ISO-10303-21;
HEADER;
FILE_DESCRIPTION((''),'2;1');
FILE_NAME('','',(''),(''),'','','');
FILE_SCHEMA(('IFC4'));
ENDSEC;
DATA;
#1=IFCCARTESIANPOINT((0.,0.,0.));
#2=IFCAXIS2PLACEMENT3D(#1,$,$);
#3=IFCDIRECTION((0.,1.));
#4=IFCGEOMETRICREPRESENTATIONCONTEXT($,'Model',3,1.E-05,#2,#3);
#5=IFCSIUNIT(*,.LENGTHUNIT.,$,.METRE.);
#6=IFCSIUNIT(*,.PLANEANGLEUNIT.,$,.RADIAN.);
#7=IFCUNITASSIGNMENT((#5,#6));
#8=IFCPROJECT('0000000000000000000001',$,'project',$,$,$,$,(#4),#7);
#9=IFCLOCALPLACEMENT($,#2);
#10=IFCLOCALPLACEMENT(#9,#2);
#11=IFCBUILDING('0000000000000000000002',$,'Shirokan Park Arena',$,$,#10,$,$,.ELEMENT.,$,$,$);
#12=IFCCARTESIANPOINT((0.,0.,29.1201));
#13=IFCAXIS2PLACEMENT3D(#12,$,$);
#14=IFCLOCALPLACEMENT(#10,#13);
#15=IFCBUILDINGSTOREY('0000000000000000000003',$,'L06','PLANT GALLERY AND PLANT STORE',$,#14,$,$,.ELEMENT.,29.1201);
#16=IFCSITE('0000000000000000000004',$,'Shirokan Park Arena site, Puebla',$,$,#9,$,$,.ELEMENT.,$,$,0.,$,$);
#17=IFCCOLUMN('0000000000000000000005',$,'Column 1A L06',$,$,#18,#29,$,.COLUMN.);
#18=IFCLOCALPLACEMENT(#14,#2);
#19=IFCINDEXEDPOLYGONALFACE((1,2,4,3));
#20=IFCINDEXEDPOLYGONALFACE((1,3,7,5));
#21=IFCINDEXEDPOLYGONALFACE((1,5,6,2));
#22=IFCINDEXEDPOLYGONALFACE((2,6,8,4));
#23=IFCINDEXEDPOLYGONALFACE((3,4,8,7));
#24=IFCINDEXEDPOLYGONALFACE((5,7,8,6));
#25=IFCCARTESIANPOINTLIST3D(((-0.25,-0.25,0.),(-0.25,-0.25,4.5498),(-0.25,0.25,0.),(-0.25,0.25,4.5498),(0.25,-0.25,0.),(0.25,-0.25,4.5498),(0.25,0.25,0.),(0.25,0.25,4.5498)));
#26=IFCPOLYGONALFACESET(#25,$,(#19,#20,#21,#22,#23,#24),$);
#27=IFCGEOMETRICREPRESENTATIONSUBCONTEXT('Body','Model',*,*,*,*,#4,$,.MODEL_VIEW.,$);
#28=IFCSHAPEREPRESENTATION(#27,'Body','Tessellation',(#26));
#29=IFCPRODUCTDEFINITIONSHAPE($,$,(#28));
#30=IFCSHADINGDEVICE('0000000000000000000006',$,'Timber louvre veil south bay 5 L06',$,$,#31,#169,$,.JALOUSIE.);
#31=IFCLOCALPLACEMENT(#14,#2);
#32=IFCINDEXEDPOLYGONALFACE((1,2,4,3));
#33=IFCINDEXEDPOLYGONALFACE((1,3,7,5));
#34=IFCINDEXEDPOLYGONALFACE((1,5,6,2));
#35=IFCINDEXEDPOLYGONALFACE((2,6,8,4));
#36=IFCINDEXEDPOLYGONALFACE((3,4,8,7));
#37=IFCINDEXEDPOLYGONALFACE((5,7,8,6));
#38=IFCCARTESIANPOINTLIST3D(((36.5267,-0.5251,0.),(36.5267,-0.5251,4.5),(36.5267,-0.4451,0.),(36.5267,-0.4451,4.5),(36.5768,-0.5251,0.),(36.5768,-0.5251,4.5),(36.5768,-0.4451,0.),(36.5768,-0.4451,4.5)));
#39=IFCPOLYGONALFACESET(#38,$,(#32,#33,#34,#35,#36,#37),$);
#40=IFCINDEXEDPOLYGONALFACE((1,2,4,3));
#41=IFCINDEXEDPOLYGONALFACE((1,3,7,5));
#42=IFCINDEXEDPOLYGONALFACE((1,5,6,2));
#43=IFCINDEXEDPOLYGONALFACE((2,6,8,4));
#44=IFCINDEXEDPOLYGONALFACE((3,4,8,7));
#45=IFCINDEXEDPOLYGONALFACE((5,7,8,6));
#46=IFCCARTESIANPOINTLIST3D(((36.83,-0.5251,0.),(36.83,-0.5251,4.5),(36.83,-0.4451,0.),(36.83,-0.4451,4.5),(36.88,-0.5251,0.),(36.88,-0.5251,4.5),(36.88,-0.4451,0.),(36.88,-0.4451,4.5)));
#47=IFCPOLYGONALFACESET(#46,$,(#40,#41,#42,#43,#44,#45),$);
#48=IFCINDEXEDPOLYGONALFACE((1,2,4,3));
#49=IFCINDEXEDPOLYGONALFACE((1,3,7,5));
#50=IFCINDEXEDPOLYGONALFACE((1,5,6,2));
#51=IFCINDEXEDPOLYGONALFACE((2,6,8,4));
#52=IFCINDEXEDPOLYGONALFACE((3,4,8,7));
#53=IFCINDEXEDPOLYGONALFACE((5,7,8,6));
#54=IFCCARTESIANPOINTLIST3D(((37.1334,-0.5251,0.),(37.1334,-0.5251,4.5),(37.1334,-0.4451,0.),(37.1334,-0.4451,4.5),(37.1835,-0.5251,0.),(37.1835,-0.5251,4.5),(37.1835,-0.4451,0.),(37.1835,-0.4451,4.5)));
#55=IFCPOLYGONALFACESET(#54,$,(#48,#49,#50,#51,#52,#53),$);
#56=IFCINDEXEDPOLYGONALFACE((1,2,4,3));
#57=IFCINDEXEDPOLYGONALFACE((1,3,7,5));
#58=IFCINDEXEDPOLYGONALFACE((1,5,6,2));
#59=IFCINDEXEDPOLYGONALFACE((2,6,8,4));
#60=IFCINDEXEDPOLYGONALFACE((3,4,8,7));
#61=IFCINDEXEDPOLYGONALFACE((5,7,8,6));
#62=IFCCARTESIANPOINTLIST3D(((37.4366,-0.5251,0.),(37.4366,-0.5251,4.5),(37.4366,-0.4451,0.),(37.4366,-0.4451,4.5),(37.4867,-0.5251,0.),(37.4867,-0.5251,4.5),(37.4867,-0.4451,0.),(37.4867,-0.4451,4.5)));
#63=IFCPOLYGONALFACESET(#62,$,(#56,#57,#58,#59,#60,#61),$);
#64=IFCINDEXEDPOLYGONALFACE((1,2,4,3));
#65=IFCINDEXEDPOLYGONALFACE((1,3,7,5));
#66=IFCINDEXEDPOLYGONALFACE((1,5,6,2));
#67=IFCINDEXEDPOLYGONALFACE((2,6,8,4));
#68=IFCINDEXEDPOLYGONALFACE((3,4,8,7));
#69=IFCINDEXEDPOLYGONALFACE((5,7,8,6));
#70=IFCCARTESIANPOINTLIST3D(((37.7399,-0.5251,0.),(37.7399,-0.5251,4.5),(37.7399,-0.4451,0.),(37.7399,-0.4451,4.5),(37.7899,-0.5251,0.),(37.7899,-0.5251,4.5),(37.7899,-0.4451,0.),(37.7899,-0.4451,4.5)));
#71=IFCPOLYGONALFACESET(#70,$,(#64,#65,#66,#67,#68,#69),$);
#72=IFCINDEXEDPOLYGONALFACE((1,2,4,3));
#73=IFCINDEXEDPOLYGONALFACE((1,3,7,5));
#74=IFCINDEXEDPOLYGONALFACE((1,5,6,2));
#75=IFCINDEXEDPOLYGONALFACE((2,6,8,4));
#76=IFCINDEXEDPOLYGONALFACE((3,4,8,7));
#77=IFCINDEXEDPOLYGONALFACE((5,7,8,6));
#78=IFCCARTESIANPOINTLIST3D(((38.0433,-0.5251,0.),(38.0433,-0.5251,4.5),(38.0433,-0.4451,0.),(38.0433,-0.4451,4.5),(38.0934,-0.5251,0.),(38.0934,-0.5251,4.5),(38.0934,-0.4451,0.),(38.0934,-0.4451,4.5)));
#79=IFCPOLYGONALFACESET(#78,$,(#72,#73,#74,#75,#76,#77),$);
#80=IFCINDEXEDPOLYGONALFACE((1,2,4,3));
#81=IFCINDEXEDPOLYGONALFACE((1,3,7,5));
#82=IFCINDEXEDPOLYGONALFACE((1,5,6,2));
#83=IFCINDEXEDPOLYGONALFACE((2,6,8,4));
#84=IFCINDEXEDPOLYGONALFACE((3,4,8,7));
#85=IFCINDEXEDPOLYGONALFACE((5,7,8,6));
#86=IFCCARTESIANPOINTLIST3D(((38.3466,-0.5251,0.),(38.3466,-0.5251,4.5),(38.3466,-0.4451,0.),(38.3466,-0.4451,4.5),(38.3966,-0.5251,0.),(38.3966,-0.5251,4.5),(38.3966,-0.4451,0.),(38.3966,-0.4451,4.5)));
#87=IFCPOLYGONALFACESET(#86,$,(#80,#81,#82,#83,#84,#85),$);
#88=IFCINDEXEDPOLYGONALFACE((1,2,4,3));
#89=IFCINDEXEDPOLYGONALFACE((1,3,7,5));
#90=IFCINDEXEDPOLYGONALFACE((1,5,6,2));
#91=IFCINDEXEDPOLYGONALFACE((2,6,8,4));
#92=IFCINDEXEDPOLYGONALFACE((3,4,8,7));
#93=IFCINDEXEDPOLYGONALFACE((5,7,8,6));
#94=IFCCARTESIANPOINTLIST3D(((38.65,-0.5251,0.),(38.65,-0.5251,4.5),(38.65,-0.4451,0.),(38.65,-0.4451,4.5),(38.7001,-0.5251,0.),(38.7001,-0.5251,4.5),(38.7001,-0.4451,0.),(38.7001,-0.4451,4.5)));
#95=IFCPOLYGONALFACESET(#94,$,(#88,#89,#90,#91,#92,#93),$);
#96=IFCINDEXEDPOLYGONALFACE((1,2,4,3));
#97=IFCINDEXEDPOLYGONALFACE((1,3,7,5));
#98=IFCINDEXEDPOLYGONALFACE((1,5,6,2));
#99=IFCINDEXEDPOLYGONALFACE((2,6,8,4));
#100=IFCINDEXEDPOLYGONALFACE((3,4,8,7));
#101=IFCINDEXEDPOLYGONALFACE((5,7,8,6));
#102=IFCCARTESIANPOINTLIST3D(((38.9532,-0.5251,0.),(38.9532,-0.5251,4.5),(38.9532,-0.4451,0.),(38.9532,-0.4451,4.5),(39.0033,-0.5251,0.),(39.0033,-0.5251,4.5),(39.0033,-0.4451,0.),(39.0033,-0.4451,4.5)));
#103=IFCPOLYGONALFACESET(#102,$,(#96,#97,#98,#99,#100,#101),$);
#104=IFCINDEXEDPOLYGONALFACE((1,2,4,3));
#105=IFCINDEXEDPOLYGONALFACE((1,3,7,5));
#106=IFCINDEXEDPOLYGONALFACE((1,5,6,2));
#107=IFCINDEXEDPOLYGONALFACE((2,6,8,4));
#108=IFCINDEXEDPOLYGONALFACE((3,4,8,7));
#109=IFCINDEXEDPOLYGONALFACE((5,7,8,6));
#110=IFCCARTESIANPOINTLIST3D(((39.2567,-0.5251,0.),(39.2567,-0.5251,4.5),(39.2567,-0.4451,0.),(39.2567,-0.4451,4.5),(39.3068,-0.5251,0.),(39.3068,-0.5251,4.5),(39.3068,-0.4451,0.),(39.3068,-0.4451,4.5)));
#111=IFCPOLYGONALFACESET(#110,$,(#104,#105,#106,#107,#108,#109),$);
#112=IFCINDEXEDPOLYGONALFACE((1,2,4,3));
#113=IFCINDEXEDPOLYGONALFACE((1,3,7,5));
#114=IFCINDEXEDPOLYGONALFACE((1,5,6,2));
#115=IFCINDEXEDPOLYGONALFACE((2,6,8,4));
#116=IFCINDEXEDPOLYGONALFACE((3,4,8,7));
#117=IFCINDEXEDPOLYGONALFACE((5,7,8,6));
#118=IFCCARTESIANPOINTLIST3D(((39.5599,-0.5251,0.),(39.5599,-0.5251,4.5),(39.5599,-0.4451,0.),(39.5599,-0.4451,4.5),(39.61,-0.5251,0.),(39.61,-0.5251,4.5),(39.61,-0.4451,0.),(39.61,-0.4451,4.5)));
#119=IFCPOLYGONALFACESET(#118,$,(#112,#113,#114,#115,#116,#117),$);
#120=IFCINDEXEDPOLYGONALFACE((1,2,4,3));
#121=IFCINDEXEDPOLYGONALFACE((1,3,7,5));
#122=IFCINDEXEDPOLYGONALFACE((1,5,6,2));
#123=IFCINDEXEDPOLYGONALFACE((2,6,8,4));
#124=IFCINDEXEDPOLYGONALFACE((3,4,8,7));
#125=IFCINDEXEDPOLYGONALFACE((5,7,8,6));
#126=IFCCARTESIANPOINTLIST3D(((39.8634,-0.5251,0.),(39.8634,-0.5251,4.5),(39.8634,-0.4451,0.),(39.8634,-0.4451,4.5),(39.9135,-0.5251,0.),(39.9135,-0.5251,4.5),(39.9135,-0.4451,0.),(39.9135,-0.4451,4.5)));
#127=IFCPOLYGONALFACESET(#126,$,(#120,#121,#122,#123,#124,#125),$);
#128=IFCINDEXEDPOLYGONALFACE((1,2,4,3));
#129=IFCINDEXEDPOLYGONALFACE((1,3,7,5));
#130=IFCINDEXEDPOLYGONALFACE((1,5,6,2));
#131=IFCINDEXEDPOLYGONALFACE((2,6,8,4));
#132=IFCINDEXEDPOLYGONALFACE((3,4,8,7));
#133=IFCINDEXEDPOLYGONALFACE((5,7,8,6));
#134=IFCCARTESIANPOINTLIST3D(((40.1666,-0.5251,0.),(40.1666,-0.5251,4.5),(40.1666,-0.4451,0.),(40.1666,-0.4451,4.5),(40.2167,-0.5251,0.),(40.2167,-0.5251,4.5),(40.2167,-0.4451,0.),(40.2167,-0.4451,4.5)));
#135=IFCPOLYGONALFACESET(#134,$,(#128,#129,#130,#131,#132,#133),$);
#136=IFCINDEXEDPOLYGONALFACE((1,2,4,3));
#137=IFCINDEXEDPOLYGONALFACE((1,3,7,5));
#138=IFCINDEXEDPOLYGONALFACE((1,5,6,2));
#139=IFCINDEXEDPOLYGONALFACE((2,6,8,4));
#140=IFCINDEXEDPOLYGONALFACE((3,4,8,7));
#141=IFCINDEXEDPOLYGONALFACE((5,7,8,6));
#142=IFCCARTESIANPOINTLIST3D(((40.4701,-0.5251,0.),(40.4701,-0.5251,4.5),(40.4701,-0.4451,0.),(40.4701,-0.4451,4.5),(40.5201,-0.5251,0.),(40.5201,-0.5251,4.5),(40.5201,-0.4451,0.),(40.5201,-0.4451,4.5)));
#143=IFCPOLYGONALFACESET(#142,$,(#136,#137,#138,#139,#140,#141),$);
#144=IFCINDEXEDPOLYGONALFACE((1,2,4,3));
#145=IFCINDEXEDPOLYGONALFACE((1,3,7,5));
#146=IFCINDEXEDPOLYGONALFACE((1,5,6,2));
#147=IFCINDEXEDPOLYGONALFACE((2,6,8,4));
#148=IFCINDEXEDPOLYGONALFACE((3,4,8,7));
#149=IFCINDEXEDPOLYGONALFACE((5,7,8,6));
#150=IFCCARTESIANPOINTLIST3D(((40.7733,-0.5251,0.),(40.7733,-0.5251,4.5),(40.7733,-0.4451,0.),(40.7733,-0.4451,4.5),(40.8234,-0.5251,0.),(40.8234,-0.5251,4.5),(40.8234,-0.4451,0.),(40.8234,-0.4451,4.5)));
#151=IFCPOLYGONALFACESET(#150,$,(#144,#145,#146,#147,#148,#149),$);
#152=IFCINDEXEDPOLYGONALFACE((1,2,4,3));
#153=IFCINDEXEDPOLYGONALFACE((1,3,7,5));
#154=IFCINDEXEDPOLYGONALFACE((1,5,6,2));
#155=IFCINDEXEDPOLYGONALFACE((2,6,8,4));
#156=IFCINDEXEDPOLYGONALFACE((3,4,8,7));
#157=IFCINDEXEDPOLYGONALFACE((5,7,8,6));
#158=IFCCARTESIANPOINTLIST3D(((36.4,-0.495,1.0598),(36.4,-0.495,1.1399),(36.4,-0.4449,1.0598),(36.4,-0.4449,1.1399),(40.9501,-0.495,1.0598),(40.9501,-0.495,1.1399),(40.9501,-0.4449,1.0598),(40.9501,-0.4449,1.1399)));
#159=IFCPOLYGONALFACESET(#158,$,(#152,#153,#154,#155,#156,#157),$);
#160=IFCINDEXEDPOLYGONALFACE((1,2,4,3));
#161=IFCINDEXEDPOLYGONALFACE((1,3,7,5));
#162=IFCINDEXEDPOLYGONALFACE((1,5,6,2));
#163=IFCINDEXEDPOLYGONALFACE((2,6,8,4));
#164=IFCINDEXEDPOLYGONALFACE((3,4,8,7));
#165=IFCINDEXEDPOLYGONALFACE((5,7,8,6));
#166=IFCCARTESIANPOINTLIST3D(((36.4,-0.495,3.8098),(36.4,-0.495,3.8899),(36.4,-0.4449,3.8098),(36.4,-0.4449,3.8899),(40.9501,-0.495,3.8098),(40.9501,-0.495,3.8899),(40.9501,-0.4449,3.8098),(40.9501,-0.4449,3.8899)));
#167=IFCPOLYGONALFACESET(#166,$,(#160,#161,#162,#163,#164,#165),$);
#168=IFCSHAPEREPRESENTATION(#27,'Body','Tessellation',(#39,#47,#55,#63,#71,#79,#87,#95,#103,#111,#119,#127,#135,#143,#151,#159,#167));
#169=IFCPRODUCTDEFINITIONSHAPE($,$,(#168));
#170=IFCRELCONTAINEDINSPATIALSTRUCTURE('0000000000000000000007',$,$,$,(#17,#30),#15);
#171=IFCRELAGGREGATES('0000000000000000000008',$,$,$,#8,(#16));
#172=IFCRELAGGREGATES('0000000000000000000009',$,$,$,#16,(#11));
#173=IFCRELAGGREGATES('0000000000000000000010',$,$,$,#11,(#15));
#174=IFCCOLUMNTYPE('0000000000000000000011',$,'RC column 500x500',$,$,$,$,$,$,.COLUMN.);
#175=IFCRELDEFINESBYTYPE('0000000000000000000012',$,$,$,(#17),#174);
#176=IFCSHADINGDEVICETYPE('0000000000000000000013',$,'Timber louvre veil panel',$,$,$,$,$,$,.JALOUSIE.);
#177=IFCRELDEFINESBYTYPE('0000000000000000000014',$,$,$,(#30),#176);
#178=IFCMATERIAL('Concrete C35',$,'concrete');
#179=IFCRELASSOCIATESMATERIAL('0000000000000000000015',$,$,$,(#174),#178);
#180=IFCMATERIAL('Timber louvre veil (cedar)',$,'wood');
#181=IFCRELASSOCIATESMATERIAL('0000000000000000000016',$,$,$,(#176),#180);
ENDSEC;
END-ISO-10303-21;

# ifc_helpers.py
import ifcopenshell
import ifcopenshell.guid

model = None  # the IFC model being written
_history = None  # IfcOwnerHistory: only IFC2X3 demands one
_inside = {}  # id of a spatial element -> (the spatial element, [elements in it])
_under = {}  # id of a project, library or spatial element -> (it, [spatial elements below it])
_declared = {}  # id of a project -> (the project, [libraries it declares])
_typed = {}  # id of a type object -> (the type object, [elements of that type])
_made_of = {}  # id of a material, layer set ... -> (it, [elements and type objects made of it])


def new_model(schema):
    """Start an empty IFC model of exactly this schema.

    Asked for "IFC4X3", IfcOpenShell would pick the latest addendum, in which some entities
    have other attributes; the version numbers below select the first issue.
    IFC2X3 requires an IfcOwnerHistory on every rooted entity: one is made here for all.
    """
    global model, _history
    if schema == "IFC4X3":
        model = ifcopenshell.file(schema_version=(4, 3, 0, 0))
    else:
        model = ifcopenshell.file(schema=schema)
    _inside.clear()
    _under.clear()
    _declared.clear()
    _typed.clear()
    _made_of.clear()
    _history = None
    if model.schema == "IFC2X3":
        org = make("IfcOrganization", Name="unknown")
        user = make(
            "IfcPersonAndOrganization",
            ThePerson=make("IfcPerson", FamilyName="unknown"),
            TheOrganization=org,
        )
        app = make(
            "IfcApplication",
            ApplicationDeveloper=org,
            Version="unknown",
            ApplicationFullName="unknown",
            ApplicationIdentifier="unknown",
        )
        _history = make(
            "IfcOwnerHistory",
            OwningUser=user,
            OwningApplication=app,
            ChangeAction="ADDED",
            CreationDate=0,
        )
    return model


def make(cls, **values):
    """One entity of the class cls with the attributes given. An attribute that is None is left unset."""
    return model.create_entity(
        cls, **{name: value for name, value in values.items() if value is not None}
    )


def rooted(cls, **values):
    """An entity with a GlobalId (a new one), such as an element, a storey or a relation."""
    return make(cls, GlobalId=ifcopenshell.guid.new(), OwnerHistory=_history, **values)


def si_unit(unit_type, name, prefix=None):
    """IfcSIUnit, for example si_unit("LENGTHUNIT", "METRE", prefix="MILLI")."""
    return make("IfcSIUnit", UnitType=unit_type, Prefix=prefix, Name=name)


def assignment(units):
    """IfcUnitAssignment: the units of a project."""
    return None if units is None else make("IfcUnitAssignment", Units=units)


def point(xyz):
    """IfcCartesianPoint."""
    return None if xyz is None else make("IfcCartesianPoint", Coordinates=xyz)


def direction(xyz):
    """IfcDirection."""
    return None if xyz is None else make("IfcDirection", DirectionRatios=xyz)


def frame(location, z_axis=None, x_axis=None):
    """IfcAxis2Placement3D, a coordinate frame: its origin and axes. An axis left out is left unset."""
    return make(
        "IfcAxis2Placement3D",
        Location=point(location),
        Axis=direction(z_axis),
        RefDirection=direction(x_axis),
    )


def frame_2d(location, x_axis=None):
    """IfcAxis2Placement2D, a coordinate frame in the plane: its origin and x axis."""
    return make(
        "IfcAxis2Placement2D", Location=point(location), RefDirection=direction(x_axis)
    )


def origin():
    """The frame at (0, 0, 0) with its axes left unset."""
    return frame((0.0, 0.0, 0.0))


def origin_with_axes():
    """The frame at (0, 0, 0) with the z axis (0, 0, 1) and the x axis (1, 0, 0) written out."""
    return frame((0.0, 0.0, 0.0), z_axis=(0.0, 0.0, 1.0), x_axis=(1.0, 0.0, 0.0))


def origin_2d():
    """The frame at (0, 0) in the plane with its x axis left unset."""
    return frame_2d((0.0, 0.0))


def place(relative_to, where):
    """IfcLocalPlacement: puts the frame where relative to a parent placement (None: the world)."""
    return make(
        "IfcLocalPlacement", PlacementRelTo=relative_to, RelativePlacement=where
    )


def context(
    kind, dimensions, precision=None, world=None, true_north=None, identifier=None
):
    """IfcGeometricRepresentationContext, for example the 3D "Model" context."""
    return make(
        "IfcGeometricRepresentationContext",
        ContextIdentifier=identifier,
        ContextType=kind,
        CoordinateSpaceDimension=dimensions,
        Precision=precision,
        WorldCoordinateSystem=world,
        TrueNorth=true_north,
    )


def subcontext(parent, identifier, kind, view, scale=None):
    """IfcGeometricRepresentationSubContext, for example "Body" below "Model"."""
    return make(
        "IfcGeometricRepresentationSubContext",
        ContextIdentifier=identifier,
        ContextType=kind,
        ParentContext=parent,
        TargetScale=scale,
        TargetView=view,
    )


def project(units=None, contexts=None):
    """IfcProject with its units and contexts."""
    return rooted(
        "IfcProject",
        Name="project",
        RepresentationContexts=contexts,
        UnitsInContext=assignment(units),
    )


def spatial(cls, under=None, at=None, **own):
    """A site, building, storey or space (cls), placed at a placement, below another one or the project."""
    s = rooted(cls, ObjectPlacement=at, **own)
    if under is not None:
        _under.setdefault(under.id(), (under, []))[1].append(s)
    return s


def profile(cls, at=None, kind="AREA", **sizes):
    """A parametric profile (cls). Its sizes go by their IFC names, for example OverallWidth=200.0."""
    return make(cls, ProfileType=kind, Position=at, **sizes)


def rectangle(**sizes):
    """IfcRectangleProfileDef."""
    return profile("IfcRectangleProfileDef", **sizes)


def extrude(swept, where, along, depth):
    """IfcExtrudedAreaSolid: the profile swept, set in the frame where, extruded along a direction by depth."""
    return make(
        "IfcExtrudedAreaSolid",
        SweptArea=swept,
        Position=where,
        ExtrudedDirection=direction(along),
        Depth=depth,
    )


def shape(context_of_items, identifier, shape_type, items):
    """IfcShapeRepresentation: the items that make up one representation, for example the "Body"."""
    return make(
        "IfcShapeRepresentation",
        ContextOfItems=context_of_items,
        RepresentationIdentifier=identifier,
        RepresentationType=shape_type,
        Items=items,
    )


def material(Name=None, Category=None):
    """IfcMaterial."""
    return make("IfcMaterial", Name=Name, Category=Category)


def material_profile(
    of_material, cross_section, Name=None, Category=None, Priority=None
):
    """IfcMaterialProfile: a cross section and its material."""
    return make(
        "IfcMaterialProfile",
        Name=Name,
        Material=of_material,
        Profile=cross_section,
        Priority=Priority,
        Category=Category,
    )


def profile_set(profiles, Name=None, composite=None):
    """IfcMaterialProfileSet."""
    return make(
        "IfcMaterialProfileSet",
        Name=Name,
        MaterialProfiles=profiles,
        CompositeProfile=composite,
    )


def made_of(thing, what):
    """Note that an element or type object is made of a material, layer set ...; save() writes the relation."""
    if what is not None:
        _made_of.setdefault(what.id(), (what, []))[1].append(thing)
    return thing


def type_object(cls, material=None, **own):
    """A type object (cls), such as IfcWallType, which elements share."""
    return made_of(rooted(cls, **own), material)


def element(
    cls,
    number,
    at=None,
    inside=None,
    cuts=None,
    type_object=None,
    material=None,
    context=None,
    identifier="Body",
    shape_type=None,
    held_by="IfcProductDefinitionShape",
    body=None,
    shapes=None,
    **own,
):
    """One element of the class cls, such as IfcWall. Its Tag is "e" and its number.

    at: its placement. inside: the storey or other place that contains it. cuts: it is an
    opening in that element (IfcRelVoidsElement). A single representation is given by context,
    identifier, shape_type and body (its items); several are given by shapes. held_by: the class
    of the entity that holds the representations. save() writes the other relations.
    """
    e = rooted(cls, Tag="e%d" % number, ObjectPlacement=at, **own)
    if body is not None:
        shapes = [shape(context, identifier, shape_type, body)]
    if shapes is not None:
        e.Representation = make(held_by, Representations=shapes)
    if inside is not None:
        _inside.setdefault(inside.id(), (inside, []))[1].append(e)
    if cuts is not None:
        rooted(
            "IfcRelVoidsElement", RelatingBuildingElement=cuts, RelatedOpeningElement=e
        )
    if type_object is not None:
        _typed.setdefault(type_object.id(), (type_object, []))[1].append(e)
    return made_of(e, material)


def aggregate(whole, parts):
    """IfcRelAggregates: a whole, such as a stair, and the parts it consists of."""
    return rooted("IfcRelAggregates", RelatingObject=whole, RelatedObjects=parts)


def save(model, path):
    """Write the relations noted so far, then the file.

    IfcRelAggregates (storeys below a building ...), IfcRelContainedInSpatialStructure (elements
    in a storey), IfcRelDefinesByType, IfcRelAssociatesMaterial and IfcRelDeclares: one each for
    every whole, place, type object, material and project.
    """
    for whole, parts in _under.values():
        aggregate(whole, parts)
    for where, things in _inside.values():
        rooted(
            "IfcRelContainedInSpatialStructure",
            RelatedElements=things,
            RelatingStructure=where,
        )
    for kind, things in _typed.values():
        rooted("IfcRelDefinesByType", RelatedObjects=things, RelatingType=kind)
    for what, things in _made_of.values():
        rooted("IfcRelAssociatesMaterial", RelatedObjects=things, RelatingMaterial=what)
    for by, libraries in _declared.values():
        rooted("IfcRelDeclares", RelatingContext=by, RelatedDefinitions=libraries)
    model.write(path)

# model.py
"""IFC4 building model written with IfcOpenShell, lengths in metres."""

from ifc_helpers import new_model, si_unit, direction, frame, origin, origin_with_axes, origin_2d, place, context, subcontext, project, spatial, rectangle, extrude, material, material_profile, profile_set, type_object, element, save


model = new_model("IFC4")

# Units and contexts
model_context = context("Model", 3, precision=1e-05, world=origin(), true_north=direction((0.0, 1.0)))
body_context = subcontext(model_context, "Body", "Model", "MODEL_VIEW")
ifc_project = project(units=[si_unit("LENGTHUNIT", "METRE"), si_unit("PLANEANGLEUNIT", "RADIAN")], contexts=[model_context])

# Site, building, storey
site_placement = place(None, origin())
site = spatial("IfcSite", under=ifc_project, at=site_placement, Name="Shirokan Park Arena site, Puebla", CompositionType="ELEMENT", RefElevation=0.0)
building_placement = place(site_placement, origin())
building = spatial("IfcBuilding", under=site, at=building_placement, Name="Shirokan Park Arena", CompositionType="ELEMENT")
storey_placement = place(building_placement, frame((0.0, 0.0, 29.1201)))
storey = spatial("IfcBuildingStorey", under=building, at=storey_placement, Name="L06", Description="PLANT GALLERY AND PLANT STORE", CompositionType="ELEMENT", Elevation=29.1201)

# Column
ifc_material_1 = material(Name="Concrete C35", Category="concrete")
ifc_material_profile = material_profile(ifc_material_1, rectangle(XDim=0.5, YDim=0.5, at=origin_2d()), Name="500x500")
ifc_profile_set = profile_set([ifc_material_profile], Name="Concrete C35")
column_type = type_object("IfcColumnType", Name="RC column 500x500", PredefinedType="COLUMN", material=ifc_profile_set)
column_placement = place(storey_placement, origin_with_axes())
element("IfcColumn", 1, at=column_placement, inside=storey, type_object=column_type, Name="Column 1A L06", PredefinedType="COLUMN", context=body_context, shape_type="SweptSolid", body=[
    extrude(rectangle(XDim=0.5, YDim=0.5, at=origin_2d()), origin(), (0.0, 0.0, 1.0), 4.5498),
])

# Shading device
ifc_material_2 = material(Name="Timber louvre veil (cedar)", Category="wood")
shading_device_type = type_object("IfcShadingDeviceType", Name="Timber louvre veil panel", PredefinedType="JALOUSIE", material=ifc_material_2)
shading_device_1_placement = place(storey_placement, origin())
element("IfcShadingDevice", 2, at=shading_device_1_placement, inside=storey, type_object=shading_device_type, Name="Timber louvre veil south bay 5 L06", PredefinedType="JALOUSIE", context=body_context, shape_type="SweptSolid", body=[
    extrude(rectangle(XDim=0.05, YDim=0.0801, at=origin_2d()), frame((36.5518, -0.4851, 0.0), z_axis=(0.0, 0.0, 1.0), x_axis=(1.0, 0.0, 0.0)), (0.0, 0.0, 1.0), 4.5),
    extrude(rectangle(XDim=0.05, YDim=0.0801, at=origin_2d()), frame((36.855, -0.4851, 0.0), z_axis=(0.0, 0.0, 1.0), x_axis=(1.0, 0.0, 0.0)), (0.0, 0.0, 1.0), 4.5),
    extrude(rectangle(XDim=0.05, YDim=0.0801, at=origin_2d()), frame((37.1584, -0.4851, 0.0), z_axis=(0.0, 0.0, 1.0), x_axis=(1.0, 0.0, 0.0)), (0.0, 0.0, 1.0), 4.5),
    extrude(rectangle(XDim=0.05, YDim=0.0801, at=origin_2d()), frame((37.4617, -0.4851, 0.0), z_axis=(0.0, 0.0, 1.0), x_axis=(1.0, 0.0, 0.0)), (0.0, 0.0, 1.0), 4.5),
    extrude(rectangle(XDim=0.05, YDim=0.0801, at=origin_2d()), frame((37.7649, -0.4851, 0.0), z_axis=(0.0, 0.0, 1.0), x_axis=(1.0, 0.0, 0.0)), (0.0, 0.0, 1.0), 4.5),
    extrude(rectangle(XDim=0.05, YDim=0.0801, at=origin_2d()), frame((38.0684, -0.4851, 0.0), z_axis=(0.0, 0.0, 1.0), x_axis=(1.0, 0.0, 0.0)), (0.0, 0.0, 1.0), 4.5),
    extrude(rectangle(XDim=0.05, YDim=0.0801, at=origin_2d()), frame((38.3716, -0.4851, 0.0), z_axis=(0.0, 0.0, 1.0), x_axis=(1.0, 0.0, 0.0)), (0.0, 0.0, 1.0), 4.5),
    extrude(rectangle(XDim=0.05, YDim=0.0801, at=origin_2d()), frame((38.675, -0.4851, 0.0), z_axis=(0.0, 0.0, 1.0), x_axis=(1.0, 0.0, 0.0)), (0.0, 0.0, 1.0), 4.5),
    extrude(rectangle(XDim=0.05, YDim=0.0801, at=origin_2d()), frame((38.9783, -0.4851, 0.0), z_axis=(0.0, 0.0, 1.0), x_axis=(1.0, 0.0, 0.0)), (0.0, 0.0, 1.0), 4.5),
    extrude(rectangle(XDim=0.05, YDim=0.0801, at=origin_2d()), frame((39.2817, -0.4851, 0.0), z_axis=(0.0, 0.0, 1.0), x_axis=(1.0, 0.0, 0.0)), (0.0, 0.0, 1.0), 4.5),
    extrude(rectangle(XDim=0.05, YDim=0.0801, at=origin_2d()), frame((39.585, -0.4851, 0.0), z_axis=(0.0, 0.0, 1.0), x_axis=(1.0, 0.0, 0.0)), (0.0, 0.0, 1.0), 4.5),
    extrude(rectangle(XDim=0.05, YDim=0.0801, at=origin_2d()), frame((39.8884, -0.4851, 0.0), z_axis=(0.0, 0.0, 1.0), x_axis=(1.0, 0.0, 0.0)), (0.0, 0.0, 1.0), 4.5),
    extrude(rectangle(XDim=0.05, YDim=0.0801, at=origin_2d()), frame((40.1917, -0.4851, 0.0), z_axis=(0.0, 0.0, 1.0), x_axis=(1.0, 0.0, 0.0)), (0.0, 0.0, 1.0), 4.5),
    extrude(rectangle(XDim=0.05, YDim=0.0801, at=origin_2d()), frame((40.4951, -0.4851, 0.0), z_axis=(0.0, 0.0, 1.0), x_axis=(1.0, 0.0, 0.0)), (0.0, 0.0, 1.0), 4.5),
    extrude(rectangle(XDim=0.05, YDim=0.0801, at=origin_2d()), frame((40.7983, -0.4851, 0.0), z_axis=(0.0, 0.0, 1.0), x_axis=(1.0, 0.0, 0.0)), (0.0, 0.0, 1.0), 4.5),
    extrude(rectangle(XDim=4.55, YDim=0.05, at=origin_2d()), frame((38.675, -0.47, 1.0598), z_axis=(0.0, 0.0, 1.0), x_axis=(1.0, 0.0, 0.0)), (0.0, 0.0, 1.0), 0.0801),
    extrude(rectangle(XDim=4.55, YDim=0.05, at=origin_2d()), frame((38.675, -0.47, 3.8098), z_axis=(0.0, 0.0, 1.0), x_axis=(1.0, 0.0, 0.0)), (0.0, 0.0, 1.0), 0.0801),
])

save(model, "model.ifc")
